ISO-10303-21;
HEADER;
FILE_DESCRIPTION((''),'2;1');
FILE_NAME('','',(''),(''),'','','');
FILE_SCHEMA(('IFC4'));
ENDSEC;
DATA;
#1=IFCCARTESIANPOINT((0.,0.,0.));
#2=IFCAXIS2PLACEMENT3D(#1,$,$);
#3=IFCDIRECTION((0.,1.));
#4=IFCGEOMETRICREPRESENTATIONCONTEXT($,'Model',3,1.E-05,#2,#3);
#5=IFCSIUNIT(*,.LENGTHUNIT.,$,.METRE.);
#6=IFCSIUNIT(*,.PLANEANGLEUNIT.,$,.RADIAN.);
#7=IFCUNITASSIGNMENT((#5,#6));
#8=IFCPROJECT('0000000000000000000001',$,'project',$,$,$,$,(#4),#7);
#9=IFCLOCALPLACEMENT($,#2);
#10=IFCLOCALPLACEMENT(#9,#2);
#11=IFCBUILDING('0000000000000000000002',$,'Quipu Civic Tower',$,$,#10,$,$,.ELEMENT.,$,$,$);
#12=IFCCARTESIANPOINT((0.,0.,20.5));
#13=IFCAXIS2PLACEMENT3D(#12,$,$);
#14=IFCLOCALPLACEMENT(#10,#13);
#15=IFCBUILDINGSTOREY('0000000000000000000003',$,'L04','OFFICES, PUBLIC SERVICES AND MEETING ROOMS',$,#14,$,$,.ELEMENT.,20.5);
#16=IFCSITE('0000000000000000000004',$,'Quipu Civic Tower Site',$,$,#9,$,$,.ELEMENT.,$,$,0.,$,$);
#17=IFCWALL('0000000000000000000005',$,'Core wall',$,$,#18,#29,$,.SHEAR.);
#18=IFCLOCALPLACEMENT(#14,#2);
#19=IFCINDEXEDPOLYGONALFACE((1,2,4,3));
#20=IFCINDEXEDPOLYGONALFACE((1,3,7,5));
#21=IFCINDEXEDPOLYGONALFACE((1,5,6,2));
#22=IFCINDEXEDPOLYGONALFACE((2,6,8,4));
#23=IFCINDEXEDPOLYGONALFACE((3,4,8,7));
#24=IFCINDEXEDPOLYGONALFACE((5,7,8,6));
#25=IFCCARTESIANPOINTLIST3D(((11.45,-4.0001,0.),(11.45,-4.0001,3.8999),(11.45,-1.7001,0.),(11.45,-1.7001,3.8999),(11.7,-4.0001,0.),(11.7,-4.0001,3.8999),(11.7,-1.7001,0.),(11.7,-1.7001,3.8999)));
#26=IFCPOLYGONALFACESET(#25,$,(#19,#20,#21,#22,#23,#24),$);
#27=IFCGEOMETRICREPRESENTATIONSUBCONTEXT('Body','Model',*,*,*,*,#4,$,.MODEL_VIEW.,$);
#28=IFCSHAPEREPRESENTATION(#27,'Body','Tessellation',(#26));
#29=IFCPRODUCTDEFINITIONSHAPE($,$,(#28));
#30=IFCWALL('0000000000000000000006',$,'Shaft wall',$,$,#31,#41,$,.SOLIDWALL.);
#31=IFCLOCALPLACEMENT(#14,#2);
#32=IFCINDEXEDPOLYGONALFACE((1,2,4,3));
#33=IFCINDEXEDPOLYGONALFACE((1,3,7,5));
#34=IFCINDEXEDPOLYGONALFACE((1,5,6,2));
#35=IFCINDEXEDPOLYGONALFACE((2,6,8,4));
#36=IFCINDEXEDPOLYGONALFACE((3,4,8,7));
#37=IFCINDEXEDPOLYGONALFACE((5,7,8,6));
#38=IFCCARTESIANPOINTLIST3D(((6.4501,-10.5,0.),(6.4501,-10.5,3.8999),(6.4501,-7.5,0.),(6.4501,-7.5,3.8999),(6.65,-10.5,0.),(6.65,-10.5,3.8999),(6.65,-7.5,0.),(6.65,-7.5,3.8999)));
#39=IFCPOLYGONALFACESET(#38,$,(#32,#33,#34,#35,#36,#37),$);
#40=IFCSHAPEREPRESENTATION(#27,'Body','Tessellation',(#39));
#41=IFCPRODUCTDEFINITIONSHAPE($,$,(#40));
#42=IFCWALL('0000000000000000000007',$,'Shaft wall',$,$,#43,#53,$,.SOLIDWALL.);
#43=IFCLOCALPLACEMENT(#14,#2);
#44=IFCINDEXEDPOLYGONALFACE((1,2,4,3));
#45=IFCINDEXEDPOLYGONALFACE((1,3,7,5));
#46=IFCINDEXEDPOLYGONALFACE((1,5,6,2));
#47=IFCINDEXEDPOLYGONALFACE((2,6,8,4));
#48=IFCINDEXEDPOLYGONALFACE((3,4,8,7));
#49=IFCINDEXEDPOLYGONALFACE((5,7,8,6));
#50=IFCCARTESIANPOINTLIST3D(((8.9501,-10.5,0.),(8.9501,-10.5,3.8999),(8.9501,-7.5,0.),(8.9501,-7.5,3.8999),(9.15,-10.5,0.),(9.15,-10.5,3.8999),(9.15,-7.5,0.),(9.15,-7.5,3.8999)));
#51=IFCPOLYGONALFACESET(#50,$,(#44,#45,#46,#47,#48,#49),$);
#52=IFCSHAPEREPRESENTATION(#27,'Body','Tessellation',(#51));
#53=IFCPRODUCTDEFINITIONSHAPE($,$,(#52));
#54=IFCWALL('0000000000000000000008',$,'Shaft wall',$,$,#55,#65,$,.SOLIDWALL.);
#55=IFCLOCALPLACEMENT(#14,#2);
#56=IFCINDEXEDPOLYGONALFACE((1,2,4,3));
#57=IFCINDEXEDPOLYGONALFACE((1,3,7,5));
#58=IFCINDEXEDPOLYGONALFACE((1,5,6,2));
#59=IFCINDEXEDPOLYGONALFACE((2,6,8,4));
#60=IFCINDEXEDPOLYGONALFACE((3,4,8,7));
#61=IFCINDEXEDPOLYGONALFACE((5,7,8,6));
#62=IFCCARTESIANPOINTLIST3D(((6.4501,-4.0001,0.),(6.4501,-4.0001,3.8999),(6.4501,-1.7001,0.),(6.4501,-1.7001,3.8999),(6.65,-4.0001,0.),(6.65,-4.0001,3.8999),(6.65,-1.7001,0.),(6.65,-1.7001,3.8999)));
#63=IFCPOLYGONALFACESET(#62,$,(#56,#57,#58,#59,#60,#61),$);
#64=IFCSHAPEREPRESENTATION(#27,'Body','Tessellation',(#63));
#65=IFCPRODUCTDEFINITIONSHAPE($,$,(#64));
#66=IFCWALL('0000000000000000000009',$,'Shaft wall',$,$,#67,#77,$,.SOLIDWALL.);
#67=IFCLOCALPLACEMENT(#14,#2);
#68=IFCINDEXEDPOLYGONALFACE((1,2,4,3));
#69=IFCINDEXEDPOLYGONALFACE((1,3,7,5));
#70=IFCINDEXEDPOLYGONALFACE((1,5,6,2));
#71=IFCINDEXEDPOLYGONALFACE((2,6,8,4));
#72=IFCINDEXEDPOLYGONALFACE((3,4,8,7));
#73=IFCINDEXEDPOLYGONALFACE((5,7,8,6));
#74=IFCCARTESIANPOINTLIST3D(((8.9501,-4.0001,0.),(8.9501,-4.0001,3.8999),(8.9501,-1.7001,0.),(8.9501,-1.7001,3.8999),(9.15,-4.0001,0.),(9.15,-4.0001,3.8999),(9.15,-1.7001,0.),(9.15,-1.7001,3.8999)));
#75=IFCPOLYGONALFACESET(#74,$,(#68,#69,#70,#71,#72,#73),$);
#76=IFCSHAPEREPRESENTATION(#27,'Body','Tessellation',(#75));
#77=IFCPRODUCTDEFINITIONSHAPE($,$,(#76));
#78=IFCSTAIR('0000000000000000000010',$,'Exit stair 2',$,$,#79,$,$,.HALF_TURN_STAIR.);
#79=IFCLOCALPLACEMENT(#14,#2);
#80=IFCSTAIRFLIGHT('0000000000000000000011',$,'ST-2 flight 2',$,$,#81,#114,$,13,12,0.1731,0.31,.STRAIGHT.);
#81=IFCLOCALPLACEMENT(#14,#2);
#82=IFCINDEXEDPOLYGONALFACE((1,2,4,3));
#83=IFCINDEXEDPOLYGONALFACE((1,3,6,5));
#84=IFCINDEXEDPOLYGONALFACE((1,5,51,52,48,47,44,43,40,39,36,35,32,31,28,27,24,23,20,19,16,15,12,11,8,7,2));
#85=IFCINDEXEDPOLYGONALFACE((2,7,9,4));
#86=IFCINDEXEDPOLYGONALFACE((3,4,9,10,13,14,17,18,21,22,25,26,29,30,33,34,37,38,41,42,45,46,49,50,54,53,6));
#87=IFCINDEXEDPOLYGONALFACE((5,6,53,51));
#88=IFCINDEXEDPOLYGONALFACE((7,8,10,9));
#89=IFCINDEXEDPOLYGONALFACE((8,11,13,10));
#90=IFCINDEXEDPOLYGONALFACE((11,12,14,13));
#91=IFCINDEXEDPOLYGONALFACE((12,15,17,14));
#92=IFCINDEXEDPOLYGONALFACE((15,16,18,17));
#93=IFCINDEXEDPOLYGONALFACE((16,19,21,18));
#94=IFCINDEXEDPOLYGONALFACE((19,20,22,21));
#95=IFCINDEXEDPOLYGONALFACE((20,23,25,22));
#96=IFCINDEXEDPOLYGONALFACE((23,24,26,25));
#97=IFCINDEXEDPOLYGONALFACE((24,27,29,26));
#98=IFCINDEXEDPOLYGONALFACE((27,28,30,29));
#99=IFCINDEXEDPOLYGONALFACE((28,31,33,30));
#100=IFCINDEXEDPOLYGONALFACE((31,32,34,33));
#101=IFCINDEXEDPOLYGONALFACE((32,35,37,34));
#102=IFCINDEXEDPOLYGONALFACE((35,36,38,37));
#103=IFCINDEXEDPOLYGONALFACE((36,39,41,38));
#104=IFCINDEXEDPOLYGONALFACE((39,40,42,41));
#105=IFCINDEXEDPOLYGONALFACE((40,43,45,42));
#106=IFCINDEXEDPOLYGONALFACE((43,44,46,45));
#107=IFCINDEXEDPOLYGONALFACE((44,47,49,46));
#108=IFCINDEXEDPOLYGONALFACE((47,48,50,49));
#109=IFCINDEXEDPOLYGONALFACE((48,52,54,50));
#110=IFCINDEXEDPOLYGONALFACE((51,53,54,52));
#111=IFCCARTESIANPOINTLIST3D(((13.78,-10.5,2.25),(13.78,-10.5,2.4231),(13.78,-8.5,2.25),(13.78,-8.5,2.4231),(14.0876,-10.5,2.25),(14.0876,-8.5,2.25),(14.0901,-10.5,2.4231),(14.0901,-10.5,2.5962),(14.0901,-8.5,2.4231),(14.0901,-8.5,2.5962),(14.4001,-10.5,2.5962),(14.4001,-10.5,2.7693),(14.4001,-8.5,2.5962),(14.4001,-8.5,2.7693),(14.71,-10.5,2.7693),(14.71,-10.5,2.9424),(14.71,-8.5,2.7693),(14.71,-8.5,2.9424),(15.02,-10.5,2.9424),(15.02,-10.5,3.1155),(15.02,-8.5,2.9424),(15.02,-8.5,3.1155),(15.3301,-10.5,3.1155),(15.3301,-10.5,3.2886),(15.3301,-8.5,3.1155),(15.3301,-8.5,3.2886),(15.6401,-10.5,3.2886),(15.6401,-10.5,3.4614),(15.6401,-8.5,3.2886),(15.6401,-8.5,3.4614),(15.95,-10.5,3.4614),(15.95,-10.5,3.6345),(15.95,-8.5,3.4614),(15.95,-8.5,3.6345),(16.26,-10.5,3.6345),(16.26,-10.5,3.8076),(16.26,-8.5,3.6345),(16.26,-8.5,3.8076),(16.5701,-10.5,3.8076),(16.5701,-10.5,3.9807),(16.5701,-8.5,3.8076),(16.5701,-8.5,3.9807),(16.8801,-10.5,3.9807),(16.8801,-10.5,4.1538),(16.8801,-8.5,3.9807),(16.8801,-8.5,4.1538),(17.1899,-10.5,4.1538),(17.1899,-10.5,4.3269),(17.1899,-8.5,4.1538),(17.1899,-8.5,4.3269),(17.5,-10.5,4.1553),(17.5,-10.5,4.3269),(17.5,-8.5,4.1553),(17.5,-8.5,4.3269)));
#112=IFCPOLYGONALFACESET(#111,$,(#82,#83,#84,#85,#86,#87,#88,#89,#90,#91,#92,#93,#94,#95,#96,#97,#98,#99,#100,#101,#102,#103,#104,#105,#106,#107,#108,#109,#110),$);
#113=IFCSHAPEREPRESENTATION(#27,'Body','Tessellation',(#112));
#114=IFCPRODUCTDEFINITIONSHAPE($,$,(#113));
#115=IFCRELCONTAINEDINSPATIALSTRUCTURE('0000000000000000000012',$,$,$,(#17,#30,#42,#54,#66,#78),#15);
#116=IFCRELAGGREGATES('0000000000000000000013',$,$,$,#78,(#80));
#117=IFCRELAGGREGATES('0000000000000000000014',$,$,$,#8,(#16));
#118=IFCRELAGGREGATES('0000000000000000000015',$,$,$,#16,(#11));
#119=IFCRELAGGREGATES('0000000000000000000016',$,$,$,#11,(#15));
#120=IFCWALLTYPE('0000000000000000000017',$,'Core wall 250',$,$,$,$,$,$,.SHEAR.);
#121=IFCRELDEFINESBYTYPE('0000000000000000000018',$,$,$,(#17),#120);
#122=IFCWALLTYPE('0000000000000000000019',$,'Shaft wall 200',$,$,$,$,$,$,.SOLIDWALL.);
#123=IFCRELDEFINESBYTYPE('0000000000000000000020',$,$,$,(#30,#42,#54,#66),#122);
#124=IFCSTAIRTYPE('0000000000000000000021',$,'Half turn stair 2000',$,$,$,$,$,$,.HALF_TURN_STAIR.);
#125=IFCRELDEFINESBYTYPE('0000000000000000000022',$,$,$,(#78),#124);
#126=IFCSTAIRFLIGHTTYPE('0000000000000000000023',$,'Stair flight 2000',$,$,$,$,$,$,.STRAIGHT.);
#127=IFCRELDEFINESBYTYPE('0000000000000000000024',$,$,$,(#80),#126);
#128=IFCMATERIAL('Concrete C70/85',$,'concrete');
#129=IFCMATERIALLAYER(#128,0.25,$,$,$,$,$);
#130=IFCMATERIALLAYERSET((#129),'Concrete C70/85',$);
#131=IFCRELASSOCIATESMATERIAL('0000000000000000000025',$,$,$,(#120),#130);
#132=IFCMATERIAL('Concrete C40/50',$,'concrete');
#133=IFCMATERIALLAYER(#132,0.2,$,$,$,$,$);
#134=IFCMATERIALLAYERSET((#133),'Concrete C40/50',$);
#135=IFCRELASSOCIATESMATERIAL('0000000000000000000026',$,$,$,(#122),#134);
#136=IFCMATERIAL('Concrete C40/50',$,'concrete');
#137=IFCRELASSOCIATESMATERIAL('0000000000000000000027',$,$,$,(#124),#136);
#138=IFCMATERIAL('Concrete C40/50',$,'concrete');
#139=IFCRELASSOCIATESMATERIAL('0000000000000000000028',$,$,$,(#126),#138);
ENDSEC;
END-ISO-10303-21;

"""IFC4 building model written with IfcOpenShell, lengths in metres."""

from ifc_helpers import new_model, si_unit, direction, frame, frame_2d, origin, place, context, subcontext, project, spatial, polyline, rectangle, outline, extrude, material, layer, layer_set, type_object, element, aggregate, save


model = new_model("IFC4")

# Units and contexts
model_context = context("Model", 3, precision=1e-05, world=origin(), true_north=direction((0.0, 1.0)))
body_context = subcontext(model_context, "Body", "Model", "MODEL_VIEW")
ifc_project = project(units=[si_unit("LENGTHUNIT", "METRE"), si_unit("PLANEANGLEUNIT", "RADIAN")], contexts=[model_context])

# Site, building, storey
site_placement = place(None, origin())
site = spatial("IfcSite", under=ifc_project, at=site_placement, Name="Quipu Civic Tower Site", CompositionType="ELEMENT", RefElevation=0.0)
building_placement = place(site_placement, origin())
building = spatial("IfcBuilding", under=site, at=building_placement, Name="Quipu Civic Tower", CompositionType="ELEMENT")
storey_placement = place(building_placement, frame((0.0, 0.0, 20.5)))
storey = spatial("IfcBuildingStorey", under=building, at=storey_placement, Name="L04", Description="OFFICES, PUBLIC SERVICES AND MEETING ROOMS", CompositionType="ELEMENT", Elevation=20.5)

# Shared definitions
ifc_material_1 = material(Name="Concrete C70/85", Category="concrete")
ifc_layer_1 = layer(ifc_material_1, 0.25)
ifc_layer_set_1 = layer_set([ifc_layer_1], Name="Concrete C70/85")
wall_type_1 = type_object("IfcWallType", Name="Core wall 250", PredefinedType="SHEAR", material=ifc_layer_set_1)

# Walls
wall_1_placement = place(storey_placement, frame((11.575, -4.0, 0.0), z_axis=(0.0, 0.0, 1.0), x_axis=(0.0, 1.0, 0.0)))
element("IfcWall", 1, at=wall_1_placement, inside=storey, type_object=wall_type_1, Name="Core wall", PredefinedType="SHEAR", context=body_context, shape_type="SweptSolid", body=[
    extrude(rectangle(XDim=2.3, YDim=0.25, at=frame_2d((1.1499, 0.0))), origin(), (0.0, 0.0, 1.0), 3.8999),
])
ifc_material_2 = material(Name="Concrete C40/50", Category="concrete")
ifc_layer_2 = layer(ifc_material_2, 0.2)
ifc_layer_set_2 = layer_set([ifc_layer_2], Name="Concrete C40/50")
wall_type_2 = type_object("IfcWallType", Name="Shaft wall 200", PredefinedType="SOLIDWALL", material=ifc_layer_set_2)
for number, where, z_axis, x_axis, name in (
    (2, (6.55, -10.5, 0.0), (0.0, 0.0, 1.0), (0.0, 1.0, 0.0), "Shaft wall"),
    (3, (9.05, -10.5, 0.0), (0.0, 0.0, 1.0), (0.0, 1.0, 0.0), "Shaft wall"),
):
    element("IfcWall", number, at=place(storey_placement, frame(where, z_axis=z_axis, x_axis=x_axis)), inside=storey, type_object=wall_type_2, Name=name, PredefinedType="SOLIDWALL", context=body_context, shape_type="SweptSolid", body=[
        extrude(rectangle(XDim=3.0, YDim=0.2, at=frame_2d((1.5, 0.0))), origin(), (0.0, 0.0, 1.0), 3.8999),
    ])
for number, where, z_axis, x_axis, name in (
    (4, (6.55, -4.0, 0.0), (0.0, 0.0, 1.0), (0.0, 1.0, 0.0), "Shaft wall"),
    (5, (9.05, -4.0, 0.0), (0.0, 0.0, 1.0), (0.0, 1.0, 0.0), "Shaft wall"),
):
    element("IfcWall", number, at=place(storey_placement, frame(where, z_axis=z_axis, x_axis=x_axis)), inside=storey, type_object=wall_type_2, Name=name, PredefinedType="SOLIDWALL", context=body_context, shape_type="SweptSolid", body=[
        extrude(rectangle(XDim=2.3, YDim=0.2, at=frame_2d((1.1499, 0.0))), origin(), (0.0, 0.0, 1.0), 3.8999),
    ])

# Stair, stair flight
ifc_material_3 = material(Name="Concrete C40/50", Category="concrete")
stair_type = type_object("IfcStairType", Name="Half turn stair 2000", PredefinedType="HALF_TURN_STAIR", material=ifc_material_3)
stair_placement = place(storey_placement, origin())
stair = element("IfcStair", 6, at=stair_placement, inside=storey, type_object=stair_type, Name="Exit stair 2", PredefinedType="HALF_TURN_STAIR")
ifc_material_4 = material(Name="Concrete C40/50", Category="concrete")
stair_flight_type = type_object("IfcStairFlightType", Name="Stair flight 2000", PredefinedType="STRAIGHT", material=ifc_material_4)
stair_flight_placement = place(storey_placement, frame((13.78, -9.5, 2.25), z_axis=(0.0, 0.0, 1.0), x_axis=(1.0, 0.0, 0.0)))
stair_flight = element("IfcStairFlight", 7, at=stair_flight_placement, type_object=stair_flight_type, Name="ST-2 flight 2", NumberOfRisers=13, NumberOfTreads=12, PredefinedType="STRAIGHT", RiserHeight=0.1731, TreadLength=0.31, context=body_context, shape_type="SweptSolid", body=[
    extrude(outline(polyline([(0.0, 0.0), (0.0, 0.1731), (0.3101, 0.1731), (0.3101, 0.3462), (0.6201, 0.3462), (0.6201, 0.5193), (0.9299, 0.5193), (0.9299, 0.6924), (1.24, 0.6924), (1.24, 0.8655), (1.55, 0.8655), (1.55, 1.0386), (1.8601, 1.0386), (1.8601, 1.2114), (2.1699, 1.2114), (2.1699, 1.3845), (2.48, 1.3845), (2.48, 1.5576), (2.79, 1.5576), (2.79, 1.7307), (3.1001, 1.7307), (3.1001, 1.9038), (3.4099, 1.9038), (3.4099, 2.0769), (3.72, 2.0769), (3.72, 2.25), (3.72, 1.9053), (0.3076, 0.0), (0.0, 0.0)])), frame((0.0, 1.0, 0.0), z_axis=(0.0, -1.0, 0.0), x_axis=(1.0, 0.0, 0.0)), (0.0, 0.0, 1.0), 2.0),
])
aggregate(stair, [stair_flight])

save(model, "model.ifc")
